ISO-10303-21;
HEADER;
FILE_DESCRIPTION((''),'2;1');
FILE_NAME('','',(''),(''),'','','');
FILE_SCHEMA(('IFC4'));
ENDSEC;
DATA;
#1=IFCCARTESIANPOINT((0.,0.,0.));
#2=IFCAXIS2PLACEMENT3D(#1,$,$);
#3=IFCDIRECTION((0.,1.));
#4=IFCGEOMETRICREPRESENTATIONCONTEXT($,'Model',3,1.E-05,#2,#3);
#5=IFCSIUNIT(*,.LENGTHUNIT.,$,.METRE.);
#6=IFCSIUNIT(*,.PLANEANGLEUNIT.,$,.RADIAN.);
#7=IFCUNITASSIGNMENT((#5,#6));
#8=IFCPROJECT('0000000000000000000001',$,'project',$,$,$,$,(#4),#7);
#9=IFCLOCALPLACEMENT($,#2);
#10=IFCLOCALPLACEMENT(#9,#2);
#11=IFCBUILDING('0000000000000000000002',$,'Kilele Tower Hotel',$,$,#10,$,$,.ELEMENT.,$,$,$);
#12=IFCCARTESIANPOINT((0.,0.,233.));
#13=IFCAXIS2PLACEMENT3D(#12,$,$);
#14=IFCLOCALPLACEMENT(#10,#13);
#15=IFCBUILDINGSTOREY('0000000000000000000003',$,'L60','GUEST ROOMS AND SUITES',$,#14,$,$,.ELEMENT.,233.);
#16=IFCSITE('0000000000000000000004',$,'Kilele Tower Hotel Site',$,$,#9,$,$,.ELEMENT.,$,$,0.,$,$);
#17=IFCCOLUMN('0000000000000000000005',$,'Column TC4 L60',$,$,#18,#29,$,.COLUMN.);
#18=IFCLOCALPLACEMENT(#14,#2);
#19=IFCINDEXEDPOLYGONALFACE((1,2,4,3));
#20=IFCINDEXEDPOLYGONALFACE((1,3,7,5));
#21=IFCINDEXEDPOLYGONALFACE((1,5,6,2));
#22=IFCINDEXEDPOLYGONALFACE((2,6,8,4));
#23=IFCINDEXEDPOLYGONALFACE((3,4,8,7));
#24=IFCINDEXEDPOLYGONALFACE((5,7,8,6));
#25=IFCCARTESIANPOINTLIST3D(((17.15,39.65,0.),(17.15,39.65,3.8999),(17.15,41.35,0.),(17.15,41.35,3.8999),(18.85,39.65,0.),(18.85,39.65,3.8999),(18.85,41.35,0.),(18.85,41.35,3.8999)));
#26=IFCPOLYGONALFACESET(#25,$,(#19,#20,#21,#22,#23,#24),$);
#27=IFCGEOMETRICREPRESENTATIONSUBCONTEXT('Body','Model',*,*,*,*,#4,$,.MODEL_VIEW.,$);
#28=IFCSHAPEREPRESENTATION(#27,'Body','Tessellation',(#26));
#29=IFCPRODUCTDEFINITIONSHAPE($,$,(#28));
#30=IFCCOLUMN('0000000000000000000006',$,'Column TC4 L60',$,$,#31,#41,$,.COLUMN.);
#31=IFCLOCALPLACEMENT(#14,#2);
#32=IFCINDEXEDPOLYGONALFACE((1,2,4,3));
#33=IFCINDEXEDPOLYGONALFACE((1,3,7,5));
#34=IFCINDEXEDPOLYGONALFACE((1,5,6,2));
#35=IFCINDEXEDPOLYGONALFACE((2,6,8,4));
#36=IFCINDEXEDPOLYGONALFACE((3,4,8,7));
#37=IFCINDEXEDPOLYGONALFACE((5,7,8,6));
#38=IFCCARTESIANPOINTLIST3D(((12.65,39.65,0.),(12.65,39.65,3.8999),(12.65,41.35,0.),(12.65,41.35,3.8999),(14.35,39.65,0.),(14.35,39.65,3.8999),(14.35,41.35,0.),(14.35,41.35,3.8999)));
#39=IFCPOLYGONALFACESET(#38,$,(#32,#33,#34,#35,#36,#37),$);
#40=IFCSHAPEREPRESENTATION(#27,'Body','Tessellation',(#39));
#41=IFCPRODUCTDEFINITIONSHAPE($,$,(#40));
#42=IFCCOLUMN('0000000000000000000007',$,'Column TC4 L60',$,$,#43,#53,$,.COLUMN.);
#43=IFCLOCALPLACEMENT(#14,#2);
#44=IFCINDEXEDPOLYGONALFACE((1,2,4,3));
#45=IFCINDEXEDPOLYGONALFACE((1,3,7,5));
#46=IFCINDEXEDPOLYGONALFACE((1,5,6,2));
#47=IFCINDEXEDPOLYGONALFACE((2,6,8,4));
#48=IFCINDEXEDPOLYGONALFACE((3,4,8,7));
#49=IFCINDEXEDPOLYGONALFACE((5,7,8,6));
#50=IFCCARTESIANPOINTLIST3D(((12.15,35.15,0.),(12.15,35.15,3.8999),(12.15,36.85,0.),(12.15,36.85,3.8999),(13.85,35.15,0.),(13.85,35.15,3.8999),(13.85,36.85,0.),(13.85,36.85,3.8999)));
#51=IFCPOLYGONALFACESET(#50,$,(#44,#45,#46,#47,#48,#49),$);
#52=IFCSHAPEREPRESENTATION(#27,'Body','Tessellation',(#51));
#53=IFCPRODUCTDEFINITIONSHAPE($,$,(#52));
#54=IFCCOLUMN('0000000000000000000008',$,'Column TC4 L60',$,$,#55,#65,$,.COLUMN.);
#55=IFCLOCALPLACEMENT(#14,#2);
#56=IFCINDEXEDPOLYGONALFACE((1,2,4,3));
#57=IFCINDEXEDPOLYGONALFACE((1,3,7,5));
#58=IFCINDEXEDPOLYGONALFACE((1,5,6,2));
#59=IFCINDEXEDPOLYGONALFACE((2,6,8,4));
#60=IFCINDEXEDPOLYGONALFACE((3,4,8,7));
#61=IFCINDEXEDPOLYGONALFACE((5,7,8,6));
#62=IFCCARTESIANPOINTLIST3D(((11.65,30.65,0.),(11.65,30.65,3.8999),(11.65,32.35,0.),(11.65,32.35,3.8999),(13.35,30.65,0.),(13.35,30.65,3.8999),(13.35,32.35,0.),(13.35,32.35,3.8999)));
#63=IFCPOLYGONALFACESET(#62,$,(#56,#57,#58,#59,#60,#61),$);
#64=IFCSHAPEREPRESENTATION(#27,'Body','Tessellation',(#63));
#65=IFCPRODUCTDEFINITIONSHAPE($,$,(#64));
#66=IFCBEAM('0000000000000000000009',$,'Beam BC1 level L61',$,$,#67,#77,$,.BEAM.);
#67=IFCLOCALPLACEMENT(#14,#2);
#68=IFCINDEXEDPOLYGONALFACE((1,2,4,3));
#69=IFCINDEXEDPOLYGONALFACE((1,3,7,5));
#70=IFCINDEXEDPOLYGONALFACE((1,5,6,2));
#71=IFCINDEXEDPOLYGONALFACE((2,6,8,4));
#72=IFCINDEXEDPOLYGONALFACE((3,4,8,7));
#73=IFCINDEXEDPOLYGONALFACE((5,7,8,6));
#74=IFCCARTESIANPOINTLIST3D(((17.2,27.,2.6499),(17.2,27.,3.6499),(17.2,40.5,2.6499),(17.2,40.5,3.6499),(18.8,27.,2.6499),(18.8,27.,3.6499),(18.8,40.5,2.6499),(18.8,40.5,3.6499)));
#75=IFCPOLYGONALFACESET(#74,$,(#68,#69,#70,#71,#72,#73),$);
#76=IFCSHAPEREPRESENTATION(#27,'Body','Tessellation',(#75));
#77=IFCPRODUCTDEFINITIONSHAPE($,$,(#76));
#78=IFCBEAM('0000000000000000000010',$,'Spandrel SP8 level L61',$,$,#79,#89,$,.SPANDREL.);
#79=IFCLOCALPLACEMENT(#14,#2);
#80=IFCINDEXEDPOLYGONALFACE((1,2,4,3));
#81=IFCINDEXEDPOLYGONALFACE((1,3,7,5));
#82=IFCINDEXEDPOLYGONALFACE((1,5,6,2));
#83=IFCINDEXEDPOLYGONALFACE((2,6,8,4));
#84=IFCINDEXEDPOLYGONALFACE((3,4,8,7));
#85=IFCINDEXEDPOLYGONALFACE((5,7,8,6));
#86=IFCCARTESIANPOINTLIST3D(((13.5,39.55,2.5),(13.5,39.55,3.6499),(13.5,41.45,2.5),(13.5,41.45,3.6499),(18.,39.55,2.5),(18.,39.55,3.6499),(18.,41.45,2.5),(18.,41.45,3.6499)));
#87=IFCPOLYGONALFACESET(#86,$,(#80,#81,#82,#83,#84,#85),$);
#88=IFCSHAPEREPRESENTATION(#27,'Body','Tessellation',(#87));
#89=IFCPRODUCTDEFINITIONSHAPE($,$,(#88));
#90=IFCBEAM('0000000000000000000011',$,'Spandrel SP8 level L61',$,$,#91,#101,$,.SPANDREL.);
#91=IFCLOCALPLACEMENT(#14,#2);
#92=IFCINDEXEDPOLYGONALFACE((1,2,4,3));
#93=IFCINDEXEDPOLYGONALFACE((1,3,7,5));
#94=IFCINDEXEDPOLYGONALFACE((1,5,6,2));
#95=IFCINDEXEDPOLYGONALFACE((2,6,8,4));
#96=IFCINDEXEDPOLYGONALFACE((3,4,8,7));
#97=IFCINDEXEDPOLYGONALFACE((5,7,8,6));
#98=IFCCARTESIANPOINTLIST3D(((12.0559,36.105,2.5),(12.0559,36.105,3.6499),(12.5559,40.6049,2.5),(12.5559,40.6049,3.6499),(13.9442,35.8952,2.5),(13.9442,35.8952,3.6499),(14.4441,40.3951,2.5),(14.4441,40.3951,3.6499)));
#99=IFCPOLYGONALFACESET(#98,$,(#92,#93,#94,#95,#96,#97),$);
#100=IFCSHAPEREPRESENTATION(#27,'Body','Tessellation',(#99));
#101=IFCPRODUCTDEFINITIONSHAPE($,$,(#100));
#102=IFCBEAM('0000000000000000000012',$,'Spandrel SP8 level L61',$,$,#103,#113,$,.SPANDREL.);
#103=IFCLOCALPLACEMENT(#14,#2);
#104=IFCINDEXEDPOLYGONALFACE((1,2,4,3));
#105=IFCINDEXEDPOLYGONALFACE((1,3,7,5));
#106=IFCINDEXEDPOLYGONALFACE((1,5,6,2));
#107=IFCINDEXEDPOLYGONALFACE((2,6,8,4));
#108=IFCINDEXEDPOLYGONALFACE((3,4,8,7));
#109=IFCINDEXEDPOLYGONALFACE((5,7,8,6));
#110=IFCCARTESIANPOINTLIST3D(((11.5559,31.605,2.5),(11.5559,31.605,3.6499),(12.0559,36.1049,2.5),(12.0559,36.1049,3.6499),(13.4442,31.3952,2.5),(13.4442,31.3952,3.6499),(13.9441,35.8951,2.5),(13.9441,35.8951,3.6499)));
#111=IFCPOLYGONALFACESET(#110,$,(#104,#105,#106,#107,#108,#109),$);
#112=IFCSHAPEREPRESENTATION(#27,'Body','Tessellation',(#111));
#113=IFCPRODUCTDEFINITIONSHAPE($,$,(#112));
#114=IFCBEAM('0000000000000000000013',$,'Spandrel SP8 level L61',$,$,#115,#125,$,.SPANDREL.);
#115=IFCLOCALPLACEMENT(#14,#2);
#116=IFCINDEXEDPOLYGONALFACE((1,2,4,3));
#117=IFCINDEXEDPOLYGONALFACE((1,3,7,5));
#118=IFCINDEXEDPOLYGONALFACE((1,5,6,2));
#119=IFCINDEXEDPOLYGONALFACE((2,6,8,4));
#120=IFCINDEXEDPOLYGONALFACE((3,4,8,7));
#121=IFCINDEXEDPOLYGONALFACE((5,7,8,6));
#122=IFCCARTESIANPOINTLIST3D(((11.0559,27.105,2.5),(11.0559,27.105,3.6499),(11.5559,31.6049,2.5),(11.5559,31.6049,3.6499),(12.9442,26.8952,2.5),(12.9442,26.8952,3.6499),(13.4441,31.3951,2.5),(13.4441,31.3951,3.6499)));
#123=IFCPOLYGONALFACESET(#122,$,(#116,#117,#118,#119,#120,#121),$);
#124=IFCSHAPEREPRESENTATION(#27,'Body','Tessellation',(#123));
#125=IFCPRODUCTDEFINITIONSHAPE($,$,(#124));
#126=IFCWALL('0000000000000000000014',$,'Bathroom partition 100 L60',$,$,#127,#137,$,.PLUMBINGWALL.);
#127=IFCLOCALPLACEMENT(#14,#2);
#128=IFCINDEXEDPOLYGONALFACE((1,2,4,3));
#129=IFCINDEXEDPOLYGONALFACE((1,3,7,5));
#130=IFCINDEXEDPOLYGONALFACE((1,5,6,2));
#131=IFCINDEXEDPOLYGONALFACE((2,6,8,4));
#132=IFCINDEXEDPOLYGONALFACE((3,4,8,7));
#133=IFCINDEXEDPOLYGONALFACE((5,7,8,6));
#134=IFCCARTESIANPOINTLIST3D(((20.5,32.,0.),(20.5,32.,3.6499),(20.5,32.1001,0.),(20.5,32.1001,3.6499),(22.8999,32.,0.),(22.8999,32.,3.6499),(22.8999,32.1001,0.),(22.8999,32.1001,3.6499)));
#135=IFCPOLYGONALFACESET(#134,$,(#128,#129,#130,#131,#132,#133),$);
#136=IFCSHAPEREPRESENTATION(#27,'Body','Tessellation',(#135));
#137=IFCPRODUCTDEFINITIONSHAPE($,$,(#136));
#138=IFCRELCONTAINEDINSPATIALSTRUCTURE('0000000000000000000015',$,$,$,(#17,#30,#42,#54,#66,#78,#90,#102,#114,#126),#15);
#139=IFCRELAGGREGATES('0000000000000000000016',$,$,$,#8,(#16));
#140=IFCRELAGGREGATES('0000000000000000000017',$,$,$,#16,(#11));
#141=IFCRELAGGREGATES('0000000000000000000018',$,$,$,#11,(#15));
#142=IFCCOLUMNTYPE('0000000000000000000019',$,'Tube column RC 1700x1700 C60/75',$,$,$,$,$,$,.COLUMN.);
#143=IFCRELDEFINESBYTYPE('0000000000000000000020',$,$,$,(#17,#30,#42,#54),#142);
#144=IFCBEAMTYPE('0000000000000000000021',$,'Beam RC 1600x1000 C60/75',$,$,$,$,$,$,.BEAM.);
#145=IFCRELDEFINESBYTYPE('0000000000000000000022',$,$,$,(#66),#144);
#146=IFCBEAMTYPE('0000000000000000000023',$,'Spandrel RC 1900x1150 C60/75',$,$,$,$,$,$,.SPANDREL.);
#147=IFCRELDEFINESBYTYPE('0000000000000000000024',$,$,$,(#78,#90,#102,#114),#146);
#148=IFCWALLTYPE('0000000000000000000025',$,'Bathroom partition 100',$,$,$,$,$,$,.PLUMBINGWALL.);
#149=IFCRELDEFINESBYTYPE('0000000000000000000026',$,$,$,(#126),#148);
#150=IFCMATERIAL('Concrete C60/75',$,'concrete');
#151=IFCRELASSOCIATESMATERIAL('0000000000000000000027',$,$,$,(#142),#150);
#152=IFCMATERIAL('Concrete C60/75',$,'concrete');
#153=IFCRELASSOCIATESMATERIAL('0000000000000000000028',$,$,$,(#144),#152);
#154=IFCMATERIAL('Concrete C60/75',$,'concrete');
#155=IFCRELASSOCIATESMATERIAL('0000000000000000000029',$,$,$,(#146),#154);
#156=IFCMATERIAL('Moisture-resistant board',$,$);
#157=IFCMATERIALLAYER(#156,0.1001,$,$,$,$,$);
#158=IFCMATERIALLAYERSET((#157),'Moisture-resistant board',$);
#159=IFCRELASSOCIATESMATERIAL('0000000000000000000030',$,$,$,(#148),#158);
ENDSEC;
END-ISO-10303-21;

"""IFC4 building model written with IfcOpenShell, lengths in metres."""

from ifc_helpers import new_model, si_unit, direction, frame, frame_2d, origin, origin_2d, place, context, subcontext, project, spatial, rectangle, extrude, material, layer, layer_set, material_profile, profile_set, type_object, element, save


model = new_model("IFC4")

# Units and contexts
model_context = context("Model", 3, precision=1e-05, world=origin(), true_north=direction((0.0, 1.0)))
body_context = subcontext(model_context, "Body", "Model", "MODEL_VIEW")
ifc_project = project(units=[si_unit("LENGTHUNIT", "METRE"), si_unit("PLANEANGLEUNIT", "RADIAN")], contexts=[model_context])

# Site, building, storey
site_placement = place(None, origin())
site = spatial("IfcSite", under=ifc_project, at=site_placement, Name="Kilele Tower Hotel Site", CompositionType="ELEMENT", RefElevation=0.0)
building_placement = place(site_placement, origin())
building = spatial("IfcBuilding", under=site, at=building_placement, Name="Kilele Tower Hotel", CompositionType="ELEMENT")
storey_placement = place(building_placement, frame((0.0, 0.0, 233.0)))
storey = spatial("IfcBuildingStorey", under=building, at=storey_placement, Name="L60", Description="GUEST ROOMS AND SUITES", CompositionType="ELEMENT", Elevation=233.0)

# Columns
ifc_material_1 = material(Name="Concrete C60/75", Category="concrete")
ifc_material_profile_1 = material_profile(ifc_material_1, rectangle(XDim=1.7, YDim=1.7, at=origin_2d()))
ifc_profile_set_1 = profile_set([ifc_material_profile_1], Name="Concrete C60/75")
column_type = type_object("IfcColumnType", Name="Tube column RC 1700x1700 C60/75", PredefinedType="COLUMN", material=ifc_profile_set_1)
for number, where, z_axis, x_axis, name in (
    (1, (18.0, 40.5, 0.0), (0.0, 0.0, 1.0), (1.0, 0.0, 0.0), "Column TC4 L60"),
    (2, (13.5, 40.5, 0.0), (0.0, 0.0, 1.0), (1.0, 0.0, 0.0), "Column TC4 L60"),
    (3, (13.0, 36.0, 0.0), (0.0, 0.0, 1.0), (1.0, 0.0, 0.0), "Column TC4 L60"),
    (4, (12.5, 31.5, 0.0), (0.0, 0.0, 1.0), (1.0, 0.0, 0.0), "Column TC4 L60"),
):
    element("IfcColumn", number, at=place(storey_placement, frame(where, z_axis=z_axis, x_axis=x_axis)), inside=storey, type_object=column_type, Name=name, PredefinedType="COLUMN", context=body_context, shape_type="SweptSolid", body=[
        extrude(rectangle(XDim=1.7, YDim=1.7, at=origin_2d()), origin(), (0.0, 0.0, 1.0), 3.8999),
    ])

# Beams
ifc_material_2 = material(Name="Concrete C60/75", Category="concrete")
ifc_material_profile_2 = material_profile(ifc_material_2, rectangle(XDim=1.6001, YDim=1.0, at=origin_2d()))
ifc_profile_set_2 = profile_set([ifc_material_profile_2], Name="Concrete C60/75")
beam_type_1 = type_object("IfcBeamType", Name="Beam RC 1600x1000 C60/75", PredefinedType="BEAM", material=ifc_profile_set_2)
beam_1_placement = place(storey_placement, frame((18.0, 40.5, 3.1499), z_axis=(0.0, -1.0, 0.0), x_axis=(1.0, 0.0, 0.0)))
element("IfcBeam", 5, at=beam_1_placement, inside=storey, type_object=beam_type_1, Name="Beam BC1 level L61", PredefinedType="BEAM", context=body_context, shape_type="SweptSolid", body=[
    extrude(rectangle(XDim=1.6001, YDim=1.0, at=origin_2d()), origin(), (0.0, 0.0, 1.0), 13.5),
])
ifc_material_3 = material(Name="Concrete C60/75", Category="concrete")
ifc_material_profile_3 = material_profile(ifc_material_3, rectangle(XDim=1.8999, YDim=1.1499, at=origin_2d()))
ifc_profile_set_3 = profile_set([ifc_material_profile_3], Name="Concrete C60/75")
beam_type_2 = type_object("IfcBeamType", Name="Spandrel RC 1900x1150 C60/75", PredefinedType="SPANDREL", material=ifc_profile_set_3)
beam_2_placement = place(storey_placement, frame((18.0, 40.5, 3.075), z_axis=(-1.0, 0.0, 0.0), x_axis=(0.0, -1.0, 0.0)))
element("IfcBeam", 6, at=beam_2_placement, inside=storey, type_object=beam_type_2, Name="Spandrel SP8 level L61", PredefinedType="SPANDREL", context=body_context, shape_type="SweptSolid", body=[
    extrude(rectangle(XDim=1.8999, YDim=1.1499, at=origin_2d()), origin(), (0.0, 0.0, 1.0), 4.5),
])
for number, where, z_axis, x_axis, name in (
    (7, (13.5, 40.5, 3.075), (-0.110432, -0.993884, 0.0), (0.993884, -0.110432, 0.0), "Spandrel SP8 level L61"),
    (8, (13.0, 36.0, 3.075), (-0.110432, -0.993884, 0.0), (0.993884, -0.110432, 0.0), "Spandrel SP8 level L61"),
    (9, (12.5, 31.5, 3.075), (-0.110432, -0.993884, 0.0), (0.993884, -0.110432, 0.0), "Spandrel SP8 level L61"),
):
    element("IfcBeam", number, at=place(storey_placement, frame(where, z_axis=z_axis, x_axis=x_axis)), inside=storey, type_object=beam_type_2, Name=name, PredefinedType="SPANDREL", context=body_context, shape_type="SweptSolid", body=[
        extrude(rectangle(XDim=1.8999, YDim=1.1499, at=origin_2d()), origin(), (0.0, 0.0, 1.0), 4.5276),
    ])

# Wall
ifc_material_4 = material(Name="Moisture-resistant board")
ifc_layer_1 = layer(ifc_material_4, 0.1001)
ifc_layer_set_1 = layer_set([ifc_layer_1], Name="Moisture-resistant board")
wall_type_1 = type_object("IfcWallType", Name="Bathroom partition 100", PredefinedType="PLUMBINGWALL", material=ifc_layer_set_1)
wall_1_placement = place(storey_placement, frame((20.5, 32.05, 0.0), z_axis=(0.0, 0.0, 1.0), x_axis=(1.0, 0.0, 0.0)))
element("IfcWall", 10, at=wall_1_placement, inside=storey, type_object=wall_type_1, Name="Bathroom partition 100 L60", PredefinedType="PLUMBINGWALL", context=body_context, shape_type="SweptSolid", body=[
    extrude(rectangle(XDim=2.3999, YDim=0.1001, at=frame_2d((1.2, 0.0))), origin(), (0.0, 0.0, 1.0), 3.6499),
])

save(model, "model.ifc")
